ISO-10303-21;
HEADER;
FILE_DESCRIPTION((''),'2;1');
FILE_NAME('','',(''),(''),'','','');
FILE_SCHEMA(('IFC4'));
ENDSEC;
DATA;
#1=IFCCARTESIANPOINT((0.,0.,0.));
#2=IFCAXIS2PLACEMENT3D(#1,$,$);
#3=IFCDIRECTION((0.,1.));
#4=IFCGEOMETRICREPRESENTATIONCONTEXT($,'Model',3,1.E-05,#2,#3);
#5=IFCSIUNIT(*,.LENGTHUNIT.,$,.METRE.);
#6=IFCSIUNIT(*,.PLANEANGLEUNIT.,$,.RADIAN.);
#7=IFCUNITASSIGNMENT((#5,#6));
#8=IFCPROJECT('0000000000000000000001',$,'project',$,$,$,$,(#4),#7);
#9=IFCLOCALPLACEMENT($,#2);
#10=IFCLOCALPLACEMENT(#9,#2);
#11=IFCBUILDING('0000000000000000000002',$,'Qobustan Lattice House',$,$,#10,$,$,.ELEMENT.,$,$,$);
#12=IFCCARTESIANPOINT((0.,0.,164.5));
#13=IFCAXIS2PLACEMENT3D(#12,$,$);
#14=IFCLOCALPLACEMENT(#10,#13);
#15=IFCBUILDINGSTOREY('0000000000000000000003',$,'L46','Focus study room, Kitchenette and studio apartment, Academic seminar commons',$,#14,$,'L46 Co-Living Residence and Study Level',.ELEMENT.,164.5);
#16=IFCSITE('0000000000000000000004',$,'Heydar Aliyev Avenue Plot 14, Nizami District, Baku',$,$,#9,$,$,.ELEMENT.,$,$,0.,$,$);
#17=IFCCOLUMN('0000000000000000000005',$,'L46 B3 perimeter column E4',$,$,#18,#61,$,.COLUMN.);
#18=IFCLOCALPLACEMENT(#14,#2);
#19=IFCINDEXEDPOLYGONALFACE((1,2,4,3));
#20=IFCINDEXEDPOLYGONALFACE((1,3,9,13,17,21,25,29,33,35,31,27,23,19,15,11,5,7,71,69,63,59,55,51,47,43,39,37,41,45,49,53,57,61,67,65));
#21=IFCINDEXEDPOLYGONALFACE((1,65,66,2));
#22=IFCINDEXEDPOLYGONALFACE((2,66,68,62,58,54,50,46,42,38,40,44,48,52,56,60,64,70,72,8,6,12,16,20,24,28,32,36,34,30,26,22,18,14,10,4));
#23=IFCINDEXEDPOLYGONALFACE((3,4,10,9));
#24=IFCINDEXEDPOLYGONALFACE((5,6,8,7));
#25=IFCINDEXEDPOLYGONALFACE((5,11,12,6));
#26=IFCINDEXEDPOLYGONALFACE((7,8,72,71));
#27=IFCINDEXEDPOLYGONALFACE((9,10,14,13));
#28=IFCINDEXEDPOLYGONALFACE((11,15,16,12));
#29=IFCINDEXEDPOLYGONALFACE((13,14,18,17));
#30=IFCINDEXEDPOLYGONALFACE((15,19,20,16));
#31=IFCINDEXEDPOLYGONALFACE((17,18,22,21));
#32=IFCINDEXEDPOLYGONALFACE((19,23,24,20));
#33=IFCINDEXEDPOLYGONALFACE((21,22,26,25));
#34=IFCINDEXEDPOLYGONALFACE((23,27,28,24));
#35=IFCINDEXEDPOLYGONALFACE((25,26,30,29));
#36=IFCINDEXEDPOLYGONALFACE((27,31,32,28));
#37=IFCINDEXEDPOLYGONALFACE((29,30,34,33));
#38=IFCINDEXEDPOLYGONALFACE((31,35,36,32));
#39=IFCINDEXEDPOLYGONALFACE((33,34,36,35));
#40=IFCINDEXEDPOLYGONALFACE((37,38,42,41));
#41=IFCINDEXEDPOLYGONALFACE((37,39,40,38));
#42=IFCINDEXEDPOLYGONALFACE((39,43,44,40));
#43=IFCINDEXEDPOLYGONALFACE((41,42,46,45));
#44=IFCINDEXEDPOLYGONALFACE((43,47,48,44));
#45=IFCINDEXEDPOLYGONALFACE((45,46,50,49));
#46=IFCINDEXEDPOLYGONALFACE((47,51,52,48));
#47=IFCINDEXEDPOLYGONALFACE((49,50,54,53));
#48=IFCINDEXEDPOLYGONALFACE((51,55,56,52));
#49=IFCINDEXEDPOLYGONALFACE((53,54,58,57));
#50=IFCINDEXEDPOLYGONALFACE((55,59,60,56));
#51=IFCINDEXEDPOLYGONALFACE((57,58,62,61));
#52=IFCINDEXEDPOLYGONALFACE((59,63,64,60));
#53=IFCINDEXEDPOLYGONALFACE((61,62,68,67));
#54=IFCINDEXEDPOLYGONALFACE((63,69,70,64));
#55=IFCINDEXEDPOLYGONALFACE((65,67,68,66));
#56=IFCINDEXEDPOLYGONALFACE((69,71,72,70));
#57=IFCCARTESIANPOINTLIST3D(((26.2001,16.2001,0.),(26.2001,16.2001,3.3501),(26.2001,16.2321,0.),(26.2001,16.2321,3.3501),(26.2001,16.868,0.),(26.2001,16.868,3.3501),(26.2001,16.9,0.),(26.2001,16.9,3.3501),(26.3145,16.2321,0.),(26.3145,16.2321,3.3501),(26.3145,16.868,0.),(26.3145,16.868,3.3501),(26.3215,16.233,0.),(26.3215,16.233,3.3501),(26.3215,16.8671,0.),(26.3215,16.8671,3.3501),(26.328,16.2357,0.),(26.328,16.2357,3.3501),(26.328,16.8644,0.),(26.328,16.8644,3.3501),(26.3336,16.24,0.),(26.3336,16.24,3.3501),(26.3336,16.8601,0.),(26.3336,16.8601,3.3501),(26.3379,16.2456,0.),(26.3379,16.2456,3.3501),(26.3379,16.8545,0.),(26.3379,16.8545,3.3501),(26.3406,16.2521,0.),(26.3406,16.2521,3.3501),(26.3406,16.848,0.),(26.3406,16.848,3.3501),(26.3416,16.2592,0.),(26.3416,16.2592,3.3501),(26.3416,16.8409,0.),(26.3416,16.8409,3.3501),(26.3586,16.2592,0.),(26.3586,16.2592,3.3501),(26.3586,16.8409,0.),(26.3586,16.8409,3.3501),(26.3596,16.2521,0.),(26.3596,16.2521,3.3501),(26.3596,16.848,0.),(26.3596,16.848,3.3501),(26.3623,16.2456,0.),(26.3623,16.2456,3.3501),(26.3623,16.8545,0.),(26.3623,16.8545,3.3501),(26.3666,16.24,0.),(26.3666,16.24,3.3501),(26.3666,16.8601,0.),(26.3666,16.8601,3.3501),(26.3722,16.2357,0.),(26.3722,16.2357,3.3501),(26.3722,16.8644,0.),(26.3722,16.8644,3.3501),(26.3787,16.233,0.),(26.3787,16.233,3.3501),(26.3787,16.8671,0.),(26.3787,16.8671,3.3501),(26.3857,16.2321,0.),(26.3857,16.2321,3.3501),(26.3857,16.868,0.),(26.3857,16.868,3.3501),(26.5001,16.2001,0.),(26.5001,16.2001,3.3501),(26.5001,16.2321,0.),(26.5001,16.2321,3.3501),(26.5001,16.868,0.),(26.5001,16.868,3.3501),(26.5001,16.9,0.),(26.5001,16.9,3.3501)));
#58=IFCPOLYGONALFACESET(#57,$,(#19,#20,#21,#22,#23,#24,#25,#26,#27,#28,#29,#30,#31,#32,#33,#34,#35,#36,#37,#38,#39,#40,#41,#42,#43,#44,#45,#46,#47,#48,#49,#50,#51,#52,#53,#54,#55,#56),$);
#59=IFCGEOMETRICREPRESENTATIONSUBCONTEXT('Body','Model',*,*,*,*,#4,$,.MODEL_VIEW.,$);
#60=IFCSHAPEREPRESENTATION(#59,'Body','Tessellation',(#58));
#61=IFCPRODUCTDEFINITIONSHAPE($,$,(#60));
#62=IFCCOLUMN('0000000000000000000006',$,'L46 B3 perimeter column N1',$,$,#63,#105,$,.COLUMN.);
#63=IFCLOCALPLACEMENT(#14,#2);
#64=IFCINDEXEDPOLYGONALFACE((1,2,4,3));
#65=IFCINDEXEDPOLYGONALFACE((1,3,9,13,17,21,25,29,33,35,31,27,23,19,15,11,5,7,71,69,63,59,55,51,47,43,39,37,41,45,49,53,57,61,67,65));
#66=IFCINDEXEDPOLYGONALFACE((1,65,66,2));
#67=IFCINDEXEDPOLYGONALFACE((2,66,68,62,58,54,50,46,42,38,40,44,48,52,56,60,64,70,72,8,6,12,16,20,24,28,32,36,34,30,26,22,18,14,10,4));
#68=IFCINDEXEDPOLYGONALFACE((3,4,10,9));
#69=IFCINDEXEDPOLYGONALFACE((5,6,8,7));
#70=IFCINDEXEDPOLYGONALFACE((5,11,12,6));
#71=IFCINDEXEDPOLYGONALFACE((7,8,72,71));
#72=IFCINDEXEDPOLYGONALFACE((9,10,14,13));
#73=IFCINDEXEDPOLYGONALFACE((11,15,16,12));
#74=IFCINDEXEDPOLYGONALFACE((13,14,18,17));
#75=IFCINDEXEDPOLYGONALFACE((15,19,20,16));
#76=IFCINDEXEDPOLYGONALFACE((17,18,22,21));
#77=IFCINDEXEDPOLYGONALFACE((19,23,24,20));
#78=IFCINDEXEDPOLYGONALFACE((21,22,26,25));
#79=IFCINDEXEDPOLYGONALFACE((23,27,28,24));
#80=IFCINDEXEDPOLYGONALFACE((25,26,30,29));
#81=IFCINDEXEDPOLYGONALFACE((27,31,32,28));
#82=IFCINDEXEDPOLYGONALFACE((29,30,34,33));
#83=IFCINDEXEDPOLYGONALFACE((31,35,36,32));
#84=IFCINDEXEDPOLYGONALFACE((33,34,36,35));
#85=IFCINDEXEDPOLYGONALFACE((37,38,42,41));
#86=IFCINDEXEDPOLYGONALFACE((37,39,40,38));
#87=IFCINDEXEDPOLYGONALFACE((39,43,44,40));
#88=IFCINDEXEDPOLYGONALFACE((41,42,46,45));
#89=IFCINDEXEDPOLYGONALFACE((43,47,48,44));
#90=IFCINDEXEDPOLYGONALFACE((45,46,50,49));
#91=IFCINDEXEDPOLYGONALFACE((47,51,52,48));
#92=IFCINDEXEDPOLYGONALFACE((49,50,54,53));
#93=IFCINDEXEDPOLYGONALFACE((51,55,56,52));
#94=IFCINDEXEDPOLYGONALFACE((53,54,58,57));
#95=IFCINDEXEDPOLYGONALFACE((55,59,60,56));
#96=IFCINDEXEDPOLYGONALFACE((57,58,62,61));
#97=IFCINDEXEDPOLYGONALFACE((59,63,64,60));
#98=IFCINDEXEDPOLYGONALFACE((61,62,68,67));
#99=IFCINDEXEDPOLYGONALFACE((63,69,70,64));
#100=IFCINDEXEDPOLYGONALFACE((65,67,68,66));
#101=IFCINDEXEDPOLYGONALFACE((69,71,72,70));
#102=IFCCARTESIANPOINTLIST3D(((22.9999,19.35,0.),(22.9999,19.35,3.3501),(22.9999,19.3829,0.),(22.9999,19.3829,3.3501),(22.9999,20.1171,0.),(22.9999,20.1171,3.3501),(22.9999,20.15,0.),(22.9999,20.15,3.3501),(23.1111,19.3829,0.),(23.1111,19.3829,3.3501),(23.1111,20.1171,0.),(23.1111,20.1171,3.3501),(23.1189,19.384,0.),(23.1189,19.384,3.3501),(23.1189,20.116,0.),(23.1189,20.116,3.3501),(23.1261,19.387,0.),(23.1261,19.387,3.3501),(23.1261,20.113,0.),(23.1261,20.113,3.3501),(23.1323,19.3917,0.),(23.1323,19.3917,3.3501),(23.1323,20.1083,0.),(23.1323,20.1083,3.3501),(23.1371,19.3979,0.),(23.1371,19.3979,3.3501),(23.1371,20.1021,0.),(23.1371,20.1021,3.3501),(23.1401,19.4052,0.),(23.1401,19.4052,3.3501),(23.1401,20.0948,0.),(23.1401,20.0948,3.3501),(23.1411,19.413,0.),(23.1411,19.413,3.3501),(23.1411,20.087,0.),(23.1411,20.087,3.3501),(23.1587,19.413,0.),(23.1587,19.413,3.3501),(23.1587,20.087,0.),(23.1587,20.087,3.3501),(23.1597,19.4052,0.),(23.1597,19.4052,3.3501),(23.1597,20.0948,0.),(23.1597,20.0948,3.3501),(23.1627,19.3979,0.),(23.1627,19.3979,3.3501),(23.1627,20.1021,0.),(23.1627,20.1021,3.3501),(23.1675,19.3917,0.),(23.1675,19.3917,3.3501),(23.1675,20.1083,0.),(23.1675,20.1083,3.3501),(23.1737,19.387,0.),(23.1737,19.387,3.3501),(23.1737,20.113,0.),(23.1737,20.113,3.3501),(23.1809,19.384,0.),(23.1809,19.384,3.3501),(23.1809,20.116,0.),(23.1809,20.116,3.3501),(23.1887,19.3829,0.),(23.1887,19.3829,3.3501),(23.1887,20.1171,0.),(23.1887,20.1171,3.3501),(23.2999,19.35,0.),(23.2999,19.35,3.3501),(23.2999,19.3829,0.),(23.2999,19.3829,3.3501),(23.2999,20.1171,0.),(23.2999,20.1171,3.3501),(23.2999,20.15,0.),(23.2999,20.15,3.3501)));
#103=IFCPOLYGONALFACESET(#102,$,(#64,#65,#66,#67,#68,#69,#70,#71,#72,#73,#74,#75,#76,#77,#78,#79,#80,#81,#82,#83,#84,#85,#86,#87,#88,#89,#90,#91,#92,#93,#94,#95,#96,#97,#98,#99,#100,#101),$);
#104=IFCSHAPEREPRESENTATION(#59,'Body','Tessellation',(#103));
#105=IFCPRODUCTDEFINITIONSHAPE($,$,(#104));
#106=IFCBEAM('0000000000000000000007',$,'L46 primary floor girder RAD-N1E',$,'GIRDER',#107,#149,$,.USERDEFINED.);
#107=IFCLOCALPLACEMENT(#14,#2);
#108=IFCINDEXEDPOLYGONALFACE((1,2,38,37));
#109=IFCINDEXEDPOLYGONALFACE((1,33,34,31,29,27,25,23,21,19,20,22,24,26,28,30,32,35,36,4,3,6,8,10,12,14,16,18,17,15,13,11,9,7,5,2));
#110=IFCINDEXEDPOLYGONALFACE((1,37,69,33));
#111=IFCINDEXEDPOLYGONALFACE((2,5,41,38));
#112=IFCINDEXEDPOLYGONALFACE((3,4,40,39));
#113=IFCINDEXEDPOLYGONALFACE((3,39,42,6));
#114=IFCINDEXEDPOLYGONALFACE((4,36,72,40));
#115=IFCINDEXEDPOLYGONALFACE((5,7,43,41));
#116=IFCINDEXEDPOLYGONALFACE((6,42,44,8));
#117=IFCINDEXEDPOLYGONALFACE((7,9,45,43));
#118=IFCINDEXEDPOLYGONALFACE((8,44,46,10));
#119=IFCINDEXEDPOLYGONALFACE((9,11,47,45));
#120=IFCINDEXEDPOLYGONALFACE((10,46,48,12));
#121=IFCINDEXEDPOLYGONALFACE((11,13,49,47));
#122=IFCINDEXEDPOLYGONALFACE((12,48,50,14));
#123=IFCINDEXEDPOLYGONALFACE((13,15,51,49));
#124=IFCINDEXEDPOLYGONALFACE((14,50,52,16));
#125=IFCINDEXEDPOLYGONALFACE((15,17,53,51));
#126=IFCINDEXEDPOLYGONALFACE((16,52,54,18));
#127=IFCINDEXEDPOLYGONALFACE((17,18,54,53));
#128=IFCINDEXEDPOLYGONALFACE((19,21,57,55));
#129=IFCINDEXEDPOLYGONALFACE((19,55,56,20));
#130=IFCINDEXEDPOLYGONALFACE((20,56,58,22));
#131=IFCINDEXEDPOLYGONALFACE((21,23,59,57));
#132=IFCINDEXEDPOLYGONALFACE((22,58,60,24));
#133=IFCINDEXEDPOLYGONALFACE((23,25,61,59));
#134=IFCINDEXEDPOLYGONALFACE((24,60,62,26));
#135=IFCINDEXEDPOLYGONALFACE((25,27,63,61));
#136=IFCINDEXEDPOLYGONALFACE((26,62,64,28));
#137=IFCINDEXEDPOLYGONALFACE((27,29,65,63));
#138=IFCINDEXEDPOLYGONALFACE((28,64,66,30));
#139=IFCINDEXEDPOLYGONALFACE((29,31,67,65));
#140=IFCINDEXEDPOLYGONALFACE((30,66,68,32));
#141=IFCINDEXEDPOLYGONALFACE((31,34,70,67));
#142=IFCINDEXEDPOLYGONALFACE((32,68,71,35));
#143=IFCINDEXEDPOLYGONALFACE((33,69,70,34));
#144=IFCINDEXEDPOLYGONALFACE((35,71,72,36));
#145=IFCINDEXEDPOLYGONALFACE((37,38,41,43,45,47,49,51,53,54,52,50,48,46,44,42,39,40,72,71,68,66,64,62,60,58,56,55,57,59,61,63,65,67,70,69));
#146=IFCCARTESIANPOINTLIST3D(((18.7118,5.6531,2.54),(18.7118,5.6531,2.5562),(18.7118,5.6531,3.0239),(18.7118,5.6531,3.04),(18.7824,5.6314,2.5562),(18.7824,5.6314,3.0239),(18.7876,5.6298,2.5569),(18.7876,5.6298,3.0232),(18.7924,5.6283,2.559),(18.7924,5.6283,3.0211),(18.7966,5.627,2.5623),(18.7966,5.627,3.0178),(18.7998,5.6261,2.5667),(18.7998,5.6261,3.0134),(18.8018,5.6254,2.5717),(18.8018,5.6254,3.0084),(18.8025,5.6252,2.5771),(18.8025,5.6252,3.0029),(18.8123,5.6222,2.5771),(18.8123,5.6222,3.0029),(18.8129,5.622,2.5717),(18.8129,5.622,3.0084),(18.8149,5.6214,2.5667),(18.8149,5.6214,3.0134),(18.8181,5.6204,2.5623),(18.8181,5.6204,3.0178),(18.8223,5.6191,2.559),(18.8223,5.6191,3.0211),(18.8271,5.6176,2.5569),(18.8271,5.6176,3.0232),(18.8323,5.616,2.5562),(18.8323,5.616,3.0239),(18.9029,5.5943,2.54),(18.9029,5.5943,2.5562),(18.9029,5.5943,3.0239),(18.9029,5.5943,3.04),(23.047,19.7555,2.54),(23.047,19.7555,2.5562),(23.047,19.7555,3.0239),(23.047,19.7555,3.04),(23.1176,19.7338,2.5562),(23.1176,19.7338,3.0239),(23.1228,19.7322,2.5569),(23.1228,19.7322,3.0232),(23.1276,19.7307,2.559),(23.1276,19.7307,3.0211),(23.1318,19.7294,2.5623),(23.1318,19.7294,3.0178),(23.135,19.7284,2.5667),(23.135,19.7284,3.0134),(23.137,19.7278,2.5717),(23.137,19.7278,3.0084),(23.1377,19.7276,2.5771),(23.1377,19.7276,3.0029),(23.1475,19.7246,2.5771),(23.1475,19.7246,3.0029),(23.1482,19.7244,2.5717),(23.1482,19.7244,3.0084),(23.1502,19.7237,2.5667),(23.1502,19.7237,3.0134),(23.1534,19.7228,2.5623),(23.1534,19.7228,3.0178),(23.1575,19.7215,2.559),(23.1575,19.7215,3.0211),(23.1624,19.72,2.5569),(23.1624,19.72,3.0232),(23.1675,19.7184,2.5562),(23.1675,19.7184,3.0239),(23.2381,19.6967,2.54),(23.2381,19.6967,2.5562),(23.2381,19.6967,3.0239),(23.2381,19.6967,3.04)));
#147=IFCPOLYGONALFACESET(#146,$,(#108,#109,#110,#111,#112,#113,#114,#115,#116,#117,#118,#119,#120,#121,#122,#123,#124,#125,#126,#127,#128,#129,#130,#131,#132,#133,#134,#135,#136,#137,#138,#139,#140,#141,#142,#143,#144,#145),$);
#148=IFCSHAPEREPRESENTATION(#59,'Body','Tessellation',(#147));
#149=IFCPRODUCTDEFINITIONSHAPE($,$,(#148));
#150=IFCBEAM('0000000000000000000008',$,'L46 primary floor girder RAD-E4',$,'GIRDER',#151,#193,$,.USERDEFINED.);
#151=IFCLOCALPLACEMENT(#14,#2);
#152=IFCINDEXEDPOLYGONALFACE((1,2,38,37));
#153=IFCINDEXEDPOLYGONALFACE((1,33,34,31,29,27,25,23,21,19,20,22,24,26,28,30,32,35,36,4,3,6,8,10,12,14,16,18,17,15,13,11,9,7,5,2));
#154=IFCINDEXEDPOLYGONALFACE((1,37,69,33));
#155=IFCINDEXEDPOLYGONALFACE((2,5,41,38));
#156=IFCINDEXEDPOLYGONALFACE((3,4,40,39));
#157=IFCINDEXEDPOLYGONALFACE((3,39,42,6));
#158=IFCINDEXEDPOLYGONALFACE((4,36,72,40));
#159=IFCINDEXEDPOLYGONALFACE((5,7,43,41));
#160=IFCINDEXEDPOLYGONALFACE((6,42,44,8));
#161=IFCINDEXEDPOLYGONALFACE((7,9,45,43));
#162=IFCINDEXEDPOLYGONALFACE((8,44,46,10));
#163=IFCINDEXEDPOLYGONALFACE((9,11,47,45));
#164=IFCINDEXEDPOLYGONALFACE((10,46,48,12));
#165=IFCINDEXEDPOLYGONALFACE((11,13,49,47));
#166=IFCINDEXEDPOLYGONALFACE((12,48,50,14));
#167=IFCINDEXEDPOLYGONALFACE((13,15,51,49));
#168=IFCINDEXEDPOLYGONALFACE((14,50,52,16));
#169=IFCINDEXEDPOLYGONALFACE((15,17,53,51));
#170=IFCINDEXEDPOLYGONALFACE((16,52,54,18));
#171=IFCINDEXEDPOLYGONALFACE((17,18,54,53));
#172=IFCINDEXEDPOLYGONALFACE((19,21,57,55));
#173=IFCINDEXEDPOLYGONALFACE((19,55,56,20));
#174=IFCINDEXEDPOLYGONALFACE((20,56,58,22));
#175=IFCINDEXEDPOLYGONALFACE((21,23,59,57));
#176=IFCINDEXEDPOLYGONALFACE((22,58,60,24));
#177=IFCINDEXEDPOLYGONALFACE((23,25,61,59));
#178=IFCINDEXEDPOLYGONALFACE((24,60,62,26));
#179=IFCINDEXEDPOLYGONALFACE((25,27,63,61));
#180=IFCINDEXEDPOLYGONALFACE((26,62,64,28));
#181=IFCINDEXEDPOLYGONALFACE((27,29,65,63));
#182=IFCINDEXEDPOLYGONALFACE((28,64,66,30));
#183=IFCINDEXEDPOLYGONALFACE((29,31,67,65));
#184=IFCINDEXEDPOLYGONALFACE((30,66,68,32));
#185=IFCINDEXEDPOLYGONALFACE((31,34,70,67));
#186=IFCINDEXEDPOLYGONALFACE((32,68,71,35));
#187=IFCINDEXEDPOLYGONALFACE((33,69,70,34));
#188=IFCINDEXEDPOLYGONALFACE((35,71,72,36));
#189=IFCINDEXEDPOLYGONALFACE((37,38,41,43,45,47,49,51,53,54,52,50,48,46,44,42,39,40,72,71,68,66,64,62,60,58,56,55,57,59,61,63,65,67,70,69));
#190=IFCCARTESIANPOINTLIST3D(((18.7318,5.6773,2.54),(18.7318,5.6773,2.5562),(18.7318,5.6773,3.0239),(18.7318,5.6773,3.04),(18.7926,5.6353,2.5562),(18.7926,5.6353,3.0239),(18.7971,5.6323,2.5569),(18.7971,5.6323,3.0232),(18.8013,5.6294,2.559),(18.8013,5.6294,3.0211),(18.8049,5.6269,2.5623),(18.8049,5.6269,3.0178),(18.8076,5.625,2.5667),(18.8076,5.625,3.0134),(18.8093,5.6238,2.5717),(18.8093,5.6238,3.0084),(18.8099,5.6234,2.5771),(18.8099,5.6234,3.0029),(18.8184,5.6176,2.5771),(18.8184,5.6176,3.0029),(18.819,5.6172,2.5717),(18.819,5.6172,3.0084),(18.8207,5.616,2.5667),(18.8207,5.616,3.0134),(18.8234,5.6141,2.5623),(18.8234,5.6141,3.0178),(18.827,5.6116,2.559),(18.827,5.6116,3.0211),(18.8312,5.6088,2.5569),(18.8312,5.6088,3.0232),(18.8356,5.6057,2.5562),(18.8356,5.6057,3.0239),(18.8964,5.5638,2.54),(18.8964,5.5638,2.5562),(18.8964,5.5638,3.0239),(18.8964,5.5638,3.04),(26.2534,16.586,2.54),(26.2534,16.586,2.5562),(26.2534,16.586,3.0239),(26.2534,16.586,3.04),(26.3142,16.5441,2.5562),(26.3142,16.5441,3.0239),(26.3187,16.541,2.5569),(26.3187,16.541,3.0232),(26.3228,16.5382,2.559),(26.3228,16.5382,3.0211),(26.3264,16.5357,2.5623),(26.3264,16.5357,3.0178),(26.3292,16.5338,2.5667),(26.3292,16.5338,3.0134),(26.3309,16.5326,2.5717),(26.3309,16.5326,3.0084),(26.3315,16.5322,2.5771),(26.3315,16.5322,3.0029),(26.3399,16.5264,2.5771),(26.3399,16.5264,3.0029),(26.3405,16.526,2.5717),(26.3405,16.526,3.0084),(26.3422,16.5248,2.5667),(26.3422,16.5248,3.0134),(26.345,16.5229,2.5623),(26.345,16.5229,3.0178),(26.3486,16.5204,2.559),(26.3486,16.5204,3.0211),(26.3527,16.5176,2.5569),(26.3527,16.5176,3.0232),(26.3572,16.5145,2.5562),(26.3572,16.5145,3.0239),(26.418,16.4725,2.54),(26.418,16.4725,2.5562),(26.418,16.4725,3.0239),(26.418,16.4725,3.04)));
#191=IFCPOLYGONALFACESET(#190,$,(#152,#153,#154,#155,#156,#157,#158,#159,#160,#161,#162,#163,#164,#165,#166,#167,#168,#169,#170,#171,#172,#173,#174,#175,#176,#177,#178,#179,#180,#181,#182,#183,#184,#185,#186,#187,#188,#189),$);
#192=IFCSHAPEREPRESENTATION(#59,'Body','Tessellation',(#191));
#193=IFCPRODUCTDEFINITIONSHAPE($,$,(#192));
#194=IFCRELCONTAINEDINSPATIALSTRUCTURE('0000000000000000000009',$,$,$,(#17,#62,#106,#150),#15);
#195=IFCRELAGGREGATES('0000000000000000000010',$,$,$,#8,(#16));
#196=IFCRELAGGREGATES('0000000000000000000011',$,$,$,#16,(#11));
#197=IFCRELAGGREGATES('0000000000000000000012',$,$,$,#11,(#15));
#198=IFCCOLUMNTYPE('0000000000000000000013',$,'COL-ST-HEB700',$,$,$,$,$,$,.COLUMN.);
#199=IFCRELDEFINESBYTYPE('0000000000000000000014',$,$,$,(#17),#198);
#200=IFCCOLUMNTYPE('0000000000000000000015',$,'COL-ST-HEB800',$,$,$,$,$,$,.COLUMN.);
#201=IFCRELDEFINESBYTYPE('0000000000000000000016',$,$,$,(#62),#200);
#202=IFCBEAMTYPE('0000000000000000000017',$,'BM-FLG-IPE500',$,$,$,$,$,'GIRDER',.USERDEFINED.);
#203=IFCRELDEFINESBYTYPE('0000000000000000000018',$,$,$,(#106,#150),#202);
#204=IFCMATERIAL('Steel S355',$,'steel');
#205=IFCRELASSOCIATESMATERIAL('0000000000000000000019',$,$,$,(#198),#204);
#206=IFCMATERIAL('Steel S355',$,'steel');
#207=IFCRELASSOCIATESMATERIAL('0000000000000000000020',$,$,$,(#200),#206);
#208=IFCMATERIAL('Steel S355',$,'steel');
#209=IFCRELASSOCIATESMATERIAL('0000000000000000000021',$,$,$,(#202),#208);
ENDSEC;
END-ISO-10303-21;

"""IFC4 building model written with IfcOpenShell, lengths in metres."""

from ifc_helpers import new_model, si_unit, direction, frame, origin, origin_2d, place, context, subcontext, project, spatial, i_section, extrude, material, material_profile, profile_set, type_object, element, save


model = new_model("IFC4")

# Units and contexts
model_context = context("Model", 3, precision=1e-05, world=origin(), true_north=direction((0.0, 1.0)))
body_context = subcontext(model_context, "Body", "Model", "MODEL_VIEW")
ifc_project = project(units=[si_unit("LENGTHUNIT", "METRE"), si_unit("PLANEANGLEUNIT", "RADIAN")], contexts=[model_context])

# Site, building, storey
site_placement = place(None, origin())
site = spatial("IfcSite", under=ifc_project, at=site_placement, Name="Heydar Aliyev Avenue Plot 14, Nizami District, Baku", CompositionType="ELEMENT", RefElevation=0.0)
building_placement = place(site_placement, origin())
building = spatial("IfcBuilding", under=site, at=building_placement, Name="Qobustan Lattice House", CompositionType="ELEMENT")
storey_placement = place(building_placement, frame((0.0, 0.0, 164.5)))
storey = spatial("IfcBuildingStorey", under=building, at=storey_placement, Name="L46", Description="Focus study room, Kitchenette and studio apartment, Academic seminar commons", LongName="L46 Co-Living Residence and Study Level", CompositionType="ELEMENT", Elevation=164.5)

# Columns
ifc_material_1 = material(Name="Steel S355", Category="steel")
ifc_material_profile_1 = material_profile(ifc_material_1, i_section(OverallWidth=0.3, OverallDepth=0.7, WebThickness=0.0171, FlangeThickness=0.032, FilletRadius=0.0271, at=origin_2d()), Name="HEB700")
ifc_profile_set_1 = profile_set([ifc_material_profile_1], Name="Steel S355")
column_type_1 = type_object("IfcColumnType", Name="COL-ST-HEB700", PredefinedType="COLUMN", material=ifc_profile_set_1)
column_1_placement = place(storey_placement, frame((26.3501, 16.55, 0.0), z_axis=(0.0, 0.0, 1.0), x_axis=(1.0, 0.0, 0.0)))
element("IfcColumn", 1, at=column_1_placement, inside=storey, type_object=column_type_1, Name="L46 B3 perimeter column E4", PredefinedType="COLUMN", context=body_context, shape_type="SweptSolid", body=[
    extrude(i_section(OverallWidth=0.3, OverallDepth=0.7, WebThickness=0.0171, FlangeThickness=0.032, FilletRadius=0.0271, at=origin_2d()), origin(), (0.0, 0.0, 1.0), 3.3501),
])
ifc_material_2 = material(Name="Steel S355", Category="steel")
ifc_material_profile_2 = material_profile(ifc_material_2, i_section(OverallWidth=0.3, OverallDepth=0.8, WebThickness=0.0176, FlangeThickness=0.033, FilletRadius=0.03, at=origin_2d()), Name="HEB800")
ifc_profile_set_2 = profile_set([ifc_material_profile_2], Name="Steel S355")
column_type_2 = type_object("IfcColumnType", Name="COL-ST-HEB800", PredefinedType="COLUMN", material=ifc_profile_set_2)
column_2_placement = place(storey_placement, frame((23.1499, 19.75, 0.0), z_axis=(0.0, 0.0, 1.0), x_axis=(1.0, 0.0, 0.0)))
element("IfcColumn", 2, at=column_2_placement, inside=storey, type_object=column_type_2, Name="L46 B3 perimeter column N1", PredefinedType="COLUMN", context=body_context, shape_type="SweptSolid", body=[
    extrude(i_section(OverallWidth=0.3, OverallDepth=0.8, WebThickness=0.0176, FlangeThickness=0.033, FilletRadius=0.03, at=origin_2d()), origin(), (0.0, 0.0, 1.0), 3.3501),
])

# Beams
ifc_material_3 = material(Name="Steel S355", Category="steel")
ifc_material_profile_3 = material_profile(ifc_material_3, i_section(OverallWidth=0.2, OverallDepth=0.5, WebThickness=0.0103, FlangeThickness=0.0161, FilletRadius=0.021, at=origin_2d()), Name="IPE500")
ifc_profile_set_3 = profile_set([ifc_material_profile_3], Name="Steel S355")
beam_type_1 = type_object("IfcBeamType", Name="BM-FLG-IPE500", ElementType="GIRDER", PredefinedType="USERDEFINED", material=ifc_profile_set_3)
beam_1_placement = place(storey_placement, frame((23.1426, 19.7261, 2.79), z_axis=(-0.29384, -0.955854, 0.0), x_axis=(0.955854, -0.29384, 0.0)))
element("IfcBeam", 3, at=beam_1_placement, inside=storey, type_object=beam_type_1, Name="L46 primary floor girder RAD-N1E", ObjectType="GIRDER", PredefinedType="USERDEFINED", context=body_context, shape_type="SweptSolid", body=[
    extrude(i_section(OverallWidth=0.2, OverallDepth=0.5, WebThickness=0.0103, FlangeThickness=0.0161, FilletRadius=0.021, at=origin_2d()), origin(), (0.0, 0.0, 1.0), 14.7537),
])
beam_2_placement = place(storey_placement, frame((26.3357, 16.5293, 2.79), z_axis=(-0.567643, -0.823275, 0.0), x_axis=(0.823275, -0.567643, 0.0)))
element("IfcBeam", 4, at=beam_2_placement, inside=storey, type_object=beam_type_1, Name="L46 primary floor girder RAD-E4", ObjectType="GIRDER", PredefinedType="USERDEFINED", context=body_context, shape_type="SweptSolid", body=[
    extrude(i_section(OverallWidth=0.2, OverallDepth=0.5, WebThickness=0.0103, FlangeThickness=0.0161, FilletRadius=0.021, at=origin_2d()), origin(), (0.0, 0.0, 1.0), 13.2505),
])

save(model, "model.ifc")
